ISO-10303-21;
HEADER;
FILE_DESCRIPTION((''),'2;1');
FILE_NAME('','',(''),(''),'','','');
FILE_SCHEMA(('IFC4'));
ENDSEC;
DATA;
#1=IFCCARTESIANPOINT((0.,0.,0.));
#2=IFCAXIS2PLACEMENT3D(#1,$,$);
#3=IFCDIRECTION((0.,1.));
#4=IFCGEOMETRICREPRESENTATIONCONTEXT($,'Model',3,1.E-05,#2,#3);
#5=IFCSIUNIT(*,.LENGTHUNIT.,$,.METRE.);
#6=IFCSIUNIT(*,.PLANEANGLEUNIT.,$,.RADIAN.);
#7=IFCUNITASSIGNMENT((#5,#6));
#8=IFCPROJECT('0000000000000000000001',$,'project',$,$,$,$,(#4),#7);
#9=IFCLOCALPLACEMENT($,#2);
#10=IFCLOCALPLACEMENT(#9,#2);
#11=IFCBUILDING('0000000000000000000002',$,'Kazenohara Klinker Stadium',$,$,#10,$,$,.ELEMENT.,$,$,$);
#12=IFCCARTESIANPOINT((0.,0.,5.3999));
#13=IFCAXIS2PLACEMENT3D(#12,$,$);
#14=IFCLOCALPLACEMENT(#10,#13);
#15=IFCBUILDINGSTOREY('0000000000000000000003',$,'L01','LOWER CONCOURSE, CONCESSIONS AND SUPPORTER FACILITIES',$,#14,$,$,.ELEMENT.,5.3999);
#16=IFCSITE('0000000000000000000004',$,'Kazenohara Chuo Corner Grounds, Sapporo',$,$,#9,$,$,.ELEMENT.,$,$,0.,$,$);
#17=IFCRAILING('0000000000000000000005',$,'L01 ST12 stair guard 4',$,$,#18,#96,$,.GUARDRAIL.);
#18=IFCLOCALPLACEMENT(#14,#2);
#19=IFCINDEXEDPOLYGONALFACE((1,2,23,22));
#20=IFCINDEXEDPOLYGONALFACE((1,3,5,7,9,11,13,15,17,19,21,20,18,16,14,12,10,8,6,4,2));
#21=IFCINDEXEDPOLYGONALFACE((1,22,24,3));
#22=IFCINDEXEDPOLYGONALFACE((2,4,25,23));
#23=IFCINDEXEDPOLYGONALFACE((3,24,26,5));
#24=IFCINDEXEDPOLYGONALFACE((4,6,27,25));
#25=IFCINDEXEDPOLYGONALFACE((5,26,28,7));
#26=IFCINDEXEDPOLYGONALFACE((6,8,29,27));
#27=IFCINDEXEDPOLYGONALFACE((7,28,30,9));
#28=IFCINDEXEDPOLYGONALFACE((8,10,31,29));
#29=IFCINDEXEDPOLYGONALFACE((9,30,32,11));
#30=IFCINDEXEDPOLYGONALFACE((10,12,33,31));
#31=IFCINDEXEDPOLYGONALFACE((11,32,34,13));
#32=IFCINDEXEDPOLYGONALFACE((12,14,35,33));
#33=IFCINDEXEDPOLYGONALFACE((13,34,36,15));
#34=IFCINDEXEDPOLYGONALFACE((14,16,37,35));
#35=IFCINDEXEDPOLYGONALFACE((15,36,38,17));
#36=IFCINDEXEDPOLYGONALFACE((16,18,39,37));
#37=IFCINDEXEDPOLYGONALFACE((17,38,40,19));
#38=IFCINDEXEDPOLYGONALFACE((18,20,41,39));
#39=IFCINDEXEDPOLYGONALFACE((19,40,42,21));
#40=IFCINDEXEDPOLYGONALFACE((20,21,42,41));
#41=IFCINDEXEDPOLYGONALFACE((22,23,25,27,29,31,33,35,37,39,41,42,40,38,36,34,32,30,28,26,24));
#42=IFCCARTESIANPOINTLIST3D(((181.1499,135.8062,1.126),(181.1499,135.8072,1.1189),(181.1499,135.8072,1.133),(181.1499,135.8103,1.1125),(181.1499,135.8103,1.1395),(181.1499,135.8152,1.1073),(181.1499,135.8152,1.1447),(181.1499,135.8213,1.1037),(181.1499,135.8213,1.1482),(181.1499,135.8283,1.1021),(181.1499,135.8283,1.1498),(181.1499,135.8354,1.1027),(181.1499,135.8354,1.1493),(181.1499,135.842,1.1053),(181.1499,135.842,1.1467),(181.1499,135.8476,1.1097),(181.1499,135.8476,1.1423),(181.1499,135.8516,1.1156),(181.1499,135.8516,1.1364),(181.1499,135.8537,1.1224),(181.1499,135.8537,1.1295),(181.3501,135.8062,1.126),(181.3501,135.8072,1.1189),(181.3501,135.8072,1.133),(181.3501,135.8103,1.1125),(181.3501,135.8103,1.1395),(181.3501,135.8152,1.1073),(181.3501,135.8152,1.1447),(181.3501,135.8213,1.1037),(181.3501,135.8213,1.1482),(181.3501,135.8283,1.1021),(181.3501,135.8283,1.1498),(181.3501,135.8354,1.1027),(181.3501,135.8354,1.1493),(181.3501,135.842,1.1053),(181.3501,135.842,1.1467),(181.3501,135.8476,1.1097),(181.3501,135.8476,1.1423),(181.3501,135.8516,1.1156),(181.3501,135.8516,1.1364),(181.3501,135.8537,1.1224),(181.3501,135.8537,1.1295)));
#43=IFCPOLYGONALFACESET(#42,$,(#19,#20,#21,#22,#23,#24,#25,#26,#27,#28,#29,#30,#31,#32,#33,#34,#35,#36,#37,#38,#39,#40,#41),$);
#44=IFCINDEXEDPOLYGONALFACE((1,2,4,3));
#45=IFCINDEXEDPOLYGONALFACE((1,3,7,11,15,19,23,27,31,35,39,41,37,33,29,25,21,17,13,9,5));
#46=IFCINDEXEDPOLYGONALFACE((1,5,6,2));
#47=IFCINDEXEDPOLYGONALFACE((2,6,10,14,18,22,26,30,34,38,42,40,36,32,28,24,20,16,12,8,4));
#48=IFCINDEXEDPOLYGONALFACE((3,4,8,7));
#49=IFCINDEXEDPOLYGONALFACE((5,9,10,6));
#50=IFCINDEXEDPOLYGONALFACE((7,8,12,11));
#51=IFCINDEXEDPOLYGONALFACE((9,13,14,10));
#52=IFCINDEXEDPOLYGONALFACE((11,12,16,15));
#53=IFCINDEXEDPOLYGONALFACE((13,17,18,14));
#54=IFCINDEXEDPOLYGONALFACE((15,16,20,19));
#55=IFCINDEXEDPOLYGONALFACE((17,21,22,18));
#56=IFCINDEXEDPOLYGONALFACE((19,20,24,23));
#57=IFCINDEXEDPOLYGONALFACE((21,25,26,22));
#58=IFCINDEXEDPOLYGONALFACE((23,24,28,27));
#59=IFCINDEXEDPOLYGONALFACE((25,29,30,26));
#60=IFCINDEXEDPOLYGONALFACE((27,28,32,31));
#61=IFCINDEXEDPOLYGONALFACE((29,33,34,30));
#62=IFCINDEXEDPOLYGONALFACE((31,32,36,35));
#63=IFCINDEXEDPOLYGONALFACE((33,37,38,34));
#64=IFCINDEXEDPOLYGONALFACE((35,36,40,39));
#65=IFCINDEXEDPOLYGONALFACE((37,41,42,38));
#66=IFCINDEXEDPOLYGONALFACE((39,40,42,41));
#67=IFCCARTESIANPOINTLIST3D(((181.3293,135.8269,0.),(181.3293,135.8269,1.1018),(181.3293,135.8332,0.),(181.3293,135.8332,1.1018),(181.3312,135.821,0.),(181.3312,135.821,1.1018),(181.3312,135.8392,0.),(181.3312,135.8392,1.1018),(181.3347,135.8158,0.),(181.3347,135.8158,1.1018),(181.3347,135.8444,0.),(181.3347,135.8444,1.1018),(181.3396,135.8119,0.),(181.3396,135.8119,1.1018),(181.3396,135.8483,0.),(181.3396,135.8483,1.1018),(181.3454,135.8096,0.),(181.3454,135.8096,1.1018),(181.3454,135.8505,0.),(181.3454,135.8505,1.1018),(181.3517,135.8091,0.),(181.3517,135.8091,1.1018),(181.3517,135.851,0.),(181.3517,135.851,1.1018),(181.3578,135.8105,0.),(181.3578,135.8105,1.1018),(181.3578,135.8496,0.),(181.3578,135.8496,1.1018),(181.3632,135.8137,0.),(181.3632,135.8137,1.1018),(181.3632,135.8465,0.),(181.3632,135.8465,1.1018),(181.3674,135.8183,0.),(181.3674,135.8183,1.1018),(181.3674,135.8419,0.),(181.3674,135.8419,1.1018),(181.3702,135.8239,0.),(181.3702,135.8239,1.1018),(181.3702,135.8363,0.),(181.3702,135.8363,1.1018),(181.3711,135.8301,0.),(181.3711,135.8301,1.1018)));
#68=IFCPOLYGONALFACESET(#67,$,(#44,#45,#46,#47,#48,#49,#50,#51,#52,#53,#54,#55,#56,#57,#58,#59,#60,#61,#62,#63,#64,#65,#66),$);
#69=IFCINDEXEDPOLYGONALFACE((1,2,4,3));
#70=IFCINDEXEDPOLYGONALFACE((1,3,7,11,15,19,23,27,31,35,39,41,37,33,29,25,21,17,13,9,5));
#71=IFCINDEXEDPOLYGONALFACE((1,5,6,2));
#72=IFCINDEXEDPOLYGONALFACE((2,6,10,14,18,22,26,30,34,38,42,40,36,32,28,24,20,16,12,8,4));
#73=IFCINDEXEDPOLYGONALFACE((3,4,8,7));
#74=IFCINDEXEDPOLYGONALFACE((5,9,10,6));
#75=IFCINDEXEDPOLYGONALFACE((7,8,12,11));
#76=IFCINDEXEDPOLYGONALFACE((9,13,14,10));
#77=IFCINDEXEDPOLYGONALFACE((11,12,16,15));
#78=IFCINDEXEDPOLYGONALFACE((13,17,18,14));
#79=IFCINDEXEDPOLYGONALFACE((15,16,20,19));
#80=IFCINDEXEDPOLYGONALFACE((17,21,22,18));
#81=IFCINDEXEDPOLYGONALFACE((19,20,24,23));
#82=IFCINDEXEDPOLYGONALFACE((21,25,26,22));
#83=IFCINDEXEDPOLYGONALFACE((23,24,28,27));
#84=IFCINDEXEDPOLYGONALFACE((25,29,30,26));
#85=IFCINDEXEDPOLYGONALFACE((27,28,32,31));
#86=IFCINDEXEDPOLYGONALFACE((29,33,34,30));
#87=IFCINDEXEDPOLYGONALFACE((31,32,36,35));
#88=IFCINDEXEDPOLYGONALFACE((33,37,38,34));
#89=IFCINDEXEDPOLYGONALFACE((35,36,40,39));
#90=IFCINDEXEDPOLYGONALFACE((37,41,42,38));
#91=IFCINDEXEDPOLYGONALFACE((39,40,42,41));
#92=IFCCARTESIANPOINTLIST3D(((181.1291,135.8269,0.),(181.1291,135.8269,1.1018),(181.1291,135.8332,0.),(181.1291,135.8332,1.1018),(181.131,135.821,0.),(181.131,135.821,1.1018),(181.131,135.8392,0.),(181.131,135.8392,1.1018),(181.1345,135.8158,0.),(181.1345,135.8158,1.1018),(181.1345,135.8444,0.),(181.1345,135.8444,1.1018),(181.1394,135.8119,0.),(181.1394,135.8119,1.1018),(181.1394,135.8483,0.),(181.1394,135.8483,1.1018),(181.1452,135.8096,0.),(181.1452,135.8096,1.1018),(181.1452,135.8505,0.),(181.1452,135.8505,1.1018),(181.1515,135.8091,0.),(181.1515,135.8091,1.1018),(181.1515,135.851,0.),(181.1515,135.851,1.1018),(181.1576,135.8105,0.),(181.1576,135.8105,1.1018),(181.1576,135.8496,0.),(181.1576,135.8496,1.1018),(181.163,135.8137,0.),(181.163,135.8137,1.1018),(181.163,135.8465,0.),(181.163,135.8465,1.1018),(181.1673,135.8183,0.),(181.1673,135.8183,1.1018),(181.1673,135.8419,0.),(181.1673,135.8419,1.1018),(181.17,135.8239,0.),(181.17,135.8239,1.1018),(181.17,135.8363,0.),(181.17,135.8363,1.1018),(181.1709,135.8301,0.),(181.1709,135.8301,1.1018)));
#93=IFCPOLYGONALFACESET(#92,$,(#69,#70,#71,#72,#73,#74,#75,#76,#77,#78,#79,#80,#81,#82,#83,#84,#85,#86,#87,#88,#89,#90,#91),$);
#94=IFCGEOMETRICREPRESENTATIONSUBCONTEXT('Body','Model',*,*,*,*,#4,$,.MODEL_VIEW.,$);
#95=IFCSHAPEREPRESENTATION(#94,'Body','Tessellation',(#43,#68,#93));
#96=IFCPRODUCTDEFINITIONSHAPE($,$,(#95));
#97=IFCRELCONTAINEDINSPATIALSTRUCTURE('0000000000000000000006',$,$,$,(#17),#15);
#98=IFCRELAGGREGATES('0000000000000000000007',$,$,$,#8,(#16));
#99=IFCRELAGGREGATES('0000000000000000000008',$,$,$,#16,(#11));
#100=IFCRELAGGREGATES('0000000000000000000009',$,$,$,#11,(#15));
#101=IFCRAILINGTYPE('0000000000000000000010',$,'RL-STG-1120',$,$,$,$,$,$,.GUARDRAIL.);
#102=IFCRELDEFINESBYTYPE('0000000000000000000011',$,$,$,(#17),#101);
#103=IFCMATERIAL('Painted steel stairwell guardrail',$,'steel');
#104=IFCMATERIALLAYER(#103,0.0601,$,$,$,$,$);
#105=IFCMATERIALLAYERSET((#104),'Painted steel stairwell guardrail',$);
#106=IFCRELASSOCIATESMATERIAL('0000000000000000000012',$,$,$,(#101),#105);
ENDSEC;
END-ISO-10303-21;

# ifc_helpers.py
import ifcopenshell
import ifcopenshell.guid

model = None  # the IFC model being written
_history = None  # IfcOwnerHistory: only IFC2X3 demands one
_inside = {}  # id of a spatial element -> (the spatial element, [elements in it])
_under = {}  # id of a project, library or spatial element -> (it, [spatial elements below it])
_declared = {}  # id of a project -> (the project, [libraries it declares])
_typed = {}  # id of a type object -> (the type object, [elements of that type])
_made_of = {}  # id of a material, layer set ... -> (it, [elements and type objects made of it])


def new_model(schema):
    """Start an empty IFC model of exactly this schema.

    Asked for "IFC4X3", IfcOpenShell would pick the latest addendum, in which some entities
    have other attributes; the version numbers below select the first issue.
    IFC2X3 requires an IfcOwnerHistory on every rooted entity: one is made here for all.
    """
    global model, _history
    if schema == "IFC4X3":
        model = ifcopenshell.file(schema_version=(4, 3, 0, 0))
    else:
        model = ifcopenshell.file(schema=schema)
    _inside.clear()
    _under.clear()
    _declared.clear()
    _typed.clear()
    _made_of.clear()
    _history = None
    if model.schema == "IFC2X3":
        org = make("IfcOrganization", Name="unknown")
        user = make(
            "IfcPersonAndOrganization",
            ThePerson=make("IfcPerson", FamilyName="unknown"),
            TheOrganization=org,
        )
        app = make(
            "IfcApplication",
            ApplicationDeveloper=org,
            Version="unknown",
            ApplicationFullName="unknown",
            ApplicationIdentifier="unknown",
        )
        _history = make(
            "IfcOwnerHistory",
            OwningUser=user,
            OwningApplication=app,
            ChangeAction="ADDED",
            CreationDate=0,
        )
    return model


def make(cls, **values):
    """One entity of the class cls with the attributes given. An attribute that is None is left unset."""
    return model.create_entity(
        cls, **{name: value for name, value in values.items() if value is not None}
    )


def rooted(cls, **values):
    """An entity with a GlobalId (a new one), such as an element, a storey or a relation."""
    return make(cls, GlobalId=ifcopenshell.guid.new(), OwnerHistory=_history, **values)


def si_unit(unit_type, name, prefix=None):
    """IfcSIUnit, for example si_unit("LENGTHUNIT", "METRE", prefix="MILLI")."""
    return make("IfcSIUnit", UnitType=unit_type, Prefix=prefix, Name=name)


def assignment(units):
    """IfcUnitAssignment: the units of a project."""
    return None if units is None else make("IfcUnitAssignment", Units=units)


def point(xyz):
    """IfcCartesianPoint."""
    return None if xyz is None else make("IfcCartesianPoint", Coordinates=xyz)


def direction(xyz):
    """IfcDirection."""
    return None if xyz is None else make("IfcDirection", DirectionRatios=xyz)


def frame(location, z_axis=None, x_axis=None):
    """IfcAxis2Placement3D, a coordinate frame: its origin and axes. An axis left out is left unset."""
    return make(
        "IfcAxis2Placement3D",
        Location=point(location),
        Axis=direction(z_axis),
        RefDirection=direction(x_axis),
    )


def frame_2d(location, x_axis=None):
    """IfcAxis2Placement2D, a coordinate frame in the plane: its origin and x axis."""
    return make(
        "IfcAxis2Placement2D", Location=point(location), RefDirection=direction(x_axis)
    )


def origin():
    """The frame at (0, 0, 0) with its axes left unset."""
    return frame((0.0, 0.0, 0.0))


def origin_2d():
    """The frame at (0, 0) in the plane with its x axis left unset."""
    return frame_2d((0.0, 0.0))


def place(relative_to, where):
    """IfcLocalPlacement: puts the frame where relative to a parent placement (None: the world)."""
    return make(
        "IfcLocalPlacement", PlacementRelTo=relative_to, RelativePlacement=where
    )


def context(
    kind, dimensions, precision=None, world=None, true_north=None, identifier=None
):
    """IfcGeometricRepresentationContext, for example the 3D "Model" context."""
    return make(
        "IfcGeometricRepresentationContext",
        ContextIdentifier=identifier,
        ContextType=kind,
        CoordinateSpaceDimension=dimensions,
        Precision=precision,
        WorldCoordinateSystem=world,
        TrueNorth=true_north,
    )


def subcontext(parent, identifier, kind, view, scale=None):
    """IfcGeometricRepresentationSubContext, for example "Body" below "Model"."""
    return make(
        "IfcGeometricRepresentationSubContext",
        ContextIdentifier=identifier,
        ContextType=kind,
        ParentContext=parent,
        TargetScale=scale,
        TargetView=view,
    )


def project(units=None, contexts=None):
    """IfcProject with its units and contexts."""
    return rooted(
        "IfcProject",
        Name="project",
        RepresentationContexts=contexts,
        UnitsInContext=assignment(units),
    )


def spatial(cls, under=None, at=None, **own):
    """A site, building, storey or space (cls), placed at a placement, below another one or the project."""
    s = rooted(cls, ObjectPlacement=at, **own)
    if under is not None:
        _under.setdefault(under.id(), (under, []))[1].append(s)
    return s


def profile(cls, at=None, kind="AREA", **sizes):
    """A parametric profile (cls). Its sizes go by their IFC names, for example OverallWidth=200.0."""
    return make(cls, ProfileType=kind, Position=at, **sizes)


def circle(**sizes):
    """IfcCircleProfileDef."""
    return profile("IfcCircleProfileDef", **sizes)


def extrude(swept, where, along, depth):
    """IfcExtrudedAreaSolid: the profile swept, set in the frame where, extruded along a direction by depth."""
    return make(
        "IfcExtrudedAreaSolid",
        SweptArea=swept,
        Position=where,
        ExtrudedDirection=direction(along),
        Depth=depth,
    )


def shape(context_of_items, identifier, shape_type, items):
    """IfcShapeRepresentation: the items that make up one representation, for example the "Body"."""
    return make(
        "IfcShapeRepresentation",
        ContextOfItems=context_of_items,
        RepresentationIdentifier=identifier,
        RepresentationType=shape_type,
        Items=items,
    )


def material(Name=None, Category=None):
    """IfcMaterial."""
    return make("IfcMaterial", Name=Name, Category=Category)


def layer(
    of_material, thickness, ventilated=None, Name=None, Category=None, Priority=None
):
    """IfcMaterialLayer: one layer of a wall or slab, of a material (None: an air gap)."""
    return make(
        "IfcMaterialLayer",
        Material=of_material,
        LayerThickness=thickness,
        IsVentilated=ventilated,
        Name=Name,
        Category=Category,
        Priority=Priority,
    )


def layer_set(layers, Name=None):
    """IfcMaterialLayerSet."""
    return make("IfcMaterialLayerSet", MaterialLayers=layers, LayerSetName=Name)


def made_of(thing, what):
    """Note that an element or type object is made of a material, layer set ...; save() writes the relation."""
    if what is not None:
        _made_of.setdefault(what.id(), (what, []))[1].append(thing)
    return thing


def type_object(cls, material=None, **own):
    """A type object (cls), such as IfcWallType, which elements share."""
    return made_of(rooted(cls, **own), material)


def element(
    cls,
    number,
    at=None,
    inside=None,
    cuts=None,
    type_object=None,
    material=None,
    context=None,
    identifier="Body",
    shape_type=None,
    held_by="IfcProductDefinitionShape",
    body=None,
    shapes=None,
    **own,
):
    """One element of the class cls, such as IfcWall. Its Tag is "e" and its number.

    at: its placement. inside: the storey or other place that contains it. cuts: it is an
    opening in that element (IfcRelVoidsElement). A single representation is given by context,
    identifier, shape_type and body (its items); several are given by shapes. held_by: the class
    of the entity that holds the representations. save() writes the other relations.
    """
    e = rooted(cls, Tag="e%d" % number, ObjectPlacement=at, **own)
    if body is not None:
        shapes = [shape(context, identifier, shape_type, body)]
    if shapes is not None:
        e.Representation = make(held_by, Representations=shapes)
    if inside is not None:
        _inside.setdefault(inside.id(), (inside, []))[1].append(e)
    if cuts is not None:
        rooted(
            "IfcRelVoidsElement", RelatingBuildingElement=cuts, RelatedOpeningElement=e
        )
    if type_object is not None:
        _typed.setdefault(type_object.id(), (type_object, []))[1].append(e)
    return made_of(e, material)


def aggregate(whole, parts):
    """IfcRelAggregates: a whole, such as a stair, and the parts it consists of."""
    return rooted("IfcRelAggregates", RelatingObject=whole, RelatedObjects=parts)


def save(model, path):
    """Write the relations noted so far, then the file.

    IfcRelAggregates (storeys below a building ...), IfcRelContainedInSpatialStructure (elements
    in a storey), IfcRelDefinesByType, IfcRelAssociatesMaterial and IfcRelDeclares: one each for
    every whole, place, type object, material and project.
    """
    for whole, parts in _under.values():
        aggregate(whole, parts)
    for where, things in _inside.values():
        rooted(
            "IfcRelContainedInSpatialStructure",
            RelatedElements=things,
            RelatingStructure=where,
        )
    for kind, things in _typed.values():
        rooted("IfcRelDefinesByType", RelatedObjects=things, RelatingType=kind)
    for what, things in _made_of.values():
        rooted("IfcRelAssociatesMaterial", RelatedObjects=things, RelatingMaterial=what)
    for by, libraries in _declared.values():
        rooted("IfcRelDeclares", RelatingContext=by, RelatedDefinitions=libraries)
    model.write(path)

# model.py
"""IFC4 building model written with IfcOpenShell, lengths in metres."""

from ifc_helpers import new_model, si_unit, direction, frame, origin, origin_2d, place, context, subcontext, project, spatial, circle, extrude, material, layer, layer_set, type_object, element, save


model = new_model("IFC4")

# Units and contexts
model_context = context("Model", 3, precision=1e-05, world=origin(), true_north=direction((0.0, 1.0)))
body_context = subcontext(model_context, "Body", "Model", "MODEL_VIEW")
ifc_project = project(units=[si_unit("LENGTHUNIT", "METRE"), si_unit("PLANEANGLEUNIT", "RADIAN")], contexts=[model_context])

# Site, building, storey
site_placement = place(None, origin())
site = spatial("IfcSite", under=ifc_project, at=site_placement, Name="Kazenohara Chuo Corner Grounds, Sapporo", CompositionType="ELEMENT", RefElevation=0.0)
building_placement = place(site_placement, origin())
building = spatial("IfcBuilding", under=site, at=building_placement, Name="Kazenohara Klinker Stadium", CompositionType="ELEMENT")
storey_placement = place(building_placement, frame((0.0, 0.0, 5.3999)))
storey = spatial("IfcBuildingStorey", under=building, at=storey_placement, Name="L01", Description="LOWER CONCOURSE, CONCESSIONS AND SUPPORTER FACILITIES", CompositionType="ELEMENT", Elevation=5.3999)

# Railing
ifc_material_1 = material(Name="Painted steel stairwell guardrail", Category="steel")
ifc_layer_1 = layer(ifc_material_1, 0.0601)
ifc_layer_set_1 = layer_set([ifc_layer_1], Name="Painted steel stairwell guardrail")
railing_type_1 = type_object("IfcRailingType", Name="RL-STG-1120", PredefinedType="GUARDRAIL", material=ifc_layer_set_1)
railing_1_placement = place(storey_placement, frame((181.3501, 135.8301, 0.0)))
element("IfcRailing", 1, at=railing_1_placement, inside=storey, type_object=railing_type_1, Name="L01 ST12 stair guard 4", PredefinedType="GUARDRAIL", context=body_context, shape_type="SweptSolid", body=[
    extrude(circle(Radius=0.0239, at=origin_2d()), frame((0.0, 0.0, 1.126), z_axis=(-1.0, 0.0, 0.0), x_axis=(0.0, -1.0, 0.0)), (0.0, 0.0, 1.0), 0.2002),
    extrude(circle(Radius=0.021, at=origin_2d()), origin(), (0.0, 0.0, 1.0), 1.1018),
    extrude(circle(Radius=0.021, at=origin_2d()), frame((-0.2002, 0.0, 0.0)), (0.0, 0.0, 1.0), 1.1018),
])

save(model, "model.ifc")
